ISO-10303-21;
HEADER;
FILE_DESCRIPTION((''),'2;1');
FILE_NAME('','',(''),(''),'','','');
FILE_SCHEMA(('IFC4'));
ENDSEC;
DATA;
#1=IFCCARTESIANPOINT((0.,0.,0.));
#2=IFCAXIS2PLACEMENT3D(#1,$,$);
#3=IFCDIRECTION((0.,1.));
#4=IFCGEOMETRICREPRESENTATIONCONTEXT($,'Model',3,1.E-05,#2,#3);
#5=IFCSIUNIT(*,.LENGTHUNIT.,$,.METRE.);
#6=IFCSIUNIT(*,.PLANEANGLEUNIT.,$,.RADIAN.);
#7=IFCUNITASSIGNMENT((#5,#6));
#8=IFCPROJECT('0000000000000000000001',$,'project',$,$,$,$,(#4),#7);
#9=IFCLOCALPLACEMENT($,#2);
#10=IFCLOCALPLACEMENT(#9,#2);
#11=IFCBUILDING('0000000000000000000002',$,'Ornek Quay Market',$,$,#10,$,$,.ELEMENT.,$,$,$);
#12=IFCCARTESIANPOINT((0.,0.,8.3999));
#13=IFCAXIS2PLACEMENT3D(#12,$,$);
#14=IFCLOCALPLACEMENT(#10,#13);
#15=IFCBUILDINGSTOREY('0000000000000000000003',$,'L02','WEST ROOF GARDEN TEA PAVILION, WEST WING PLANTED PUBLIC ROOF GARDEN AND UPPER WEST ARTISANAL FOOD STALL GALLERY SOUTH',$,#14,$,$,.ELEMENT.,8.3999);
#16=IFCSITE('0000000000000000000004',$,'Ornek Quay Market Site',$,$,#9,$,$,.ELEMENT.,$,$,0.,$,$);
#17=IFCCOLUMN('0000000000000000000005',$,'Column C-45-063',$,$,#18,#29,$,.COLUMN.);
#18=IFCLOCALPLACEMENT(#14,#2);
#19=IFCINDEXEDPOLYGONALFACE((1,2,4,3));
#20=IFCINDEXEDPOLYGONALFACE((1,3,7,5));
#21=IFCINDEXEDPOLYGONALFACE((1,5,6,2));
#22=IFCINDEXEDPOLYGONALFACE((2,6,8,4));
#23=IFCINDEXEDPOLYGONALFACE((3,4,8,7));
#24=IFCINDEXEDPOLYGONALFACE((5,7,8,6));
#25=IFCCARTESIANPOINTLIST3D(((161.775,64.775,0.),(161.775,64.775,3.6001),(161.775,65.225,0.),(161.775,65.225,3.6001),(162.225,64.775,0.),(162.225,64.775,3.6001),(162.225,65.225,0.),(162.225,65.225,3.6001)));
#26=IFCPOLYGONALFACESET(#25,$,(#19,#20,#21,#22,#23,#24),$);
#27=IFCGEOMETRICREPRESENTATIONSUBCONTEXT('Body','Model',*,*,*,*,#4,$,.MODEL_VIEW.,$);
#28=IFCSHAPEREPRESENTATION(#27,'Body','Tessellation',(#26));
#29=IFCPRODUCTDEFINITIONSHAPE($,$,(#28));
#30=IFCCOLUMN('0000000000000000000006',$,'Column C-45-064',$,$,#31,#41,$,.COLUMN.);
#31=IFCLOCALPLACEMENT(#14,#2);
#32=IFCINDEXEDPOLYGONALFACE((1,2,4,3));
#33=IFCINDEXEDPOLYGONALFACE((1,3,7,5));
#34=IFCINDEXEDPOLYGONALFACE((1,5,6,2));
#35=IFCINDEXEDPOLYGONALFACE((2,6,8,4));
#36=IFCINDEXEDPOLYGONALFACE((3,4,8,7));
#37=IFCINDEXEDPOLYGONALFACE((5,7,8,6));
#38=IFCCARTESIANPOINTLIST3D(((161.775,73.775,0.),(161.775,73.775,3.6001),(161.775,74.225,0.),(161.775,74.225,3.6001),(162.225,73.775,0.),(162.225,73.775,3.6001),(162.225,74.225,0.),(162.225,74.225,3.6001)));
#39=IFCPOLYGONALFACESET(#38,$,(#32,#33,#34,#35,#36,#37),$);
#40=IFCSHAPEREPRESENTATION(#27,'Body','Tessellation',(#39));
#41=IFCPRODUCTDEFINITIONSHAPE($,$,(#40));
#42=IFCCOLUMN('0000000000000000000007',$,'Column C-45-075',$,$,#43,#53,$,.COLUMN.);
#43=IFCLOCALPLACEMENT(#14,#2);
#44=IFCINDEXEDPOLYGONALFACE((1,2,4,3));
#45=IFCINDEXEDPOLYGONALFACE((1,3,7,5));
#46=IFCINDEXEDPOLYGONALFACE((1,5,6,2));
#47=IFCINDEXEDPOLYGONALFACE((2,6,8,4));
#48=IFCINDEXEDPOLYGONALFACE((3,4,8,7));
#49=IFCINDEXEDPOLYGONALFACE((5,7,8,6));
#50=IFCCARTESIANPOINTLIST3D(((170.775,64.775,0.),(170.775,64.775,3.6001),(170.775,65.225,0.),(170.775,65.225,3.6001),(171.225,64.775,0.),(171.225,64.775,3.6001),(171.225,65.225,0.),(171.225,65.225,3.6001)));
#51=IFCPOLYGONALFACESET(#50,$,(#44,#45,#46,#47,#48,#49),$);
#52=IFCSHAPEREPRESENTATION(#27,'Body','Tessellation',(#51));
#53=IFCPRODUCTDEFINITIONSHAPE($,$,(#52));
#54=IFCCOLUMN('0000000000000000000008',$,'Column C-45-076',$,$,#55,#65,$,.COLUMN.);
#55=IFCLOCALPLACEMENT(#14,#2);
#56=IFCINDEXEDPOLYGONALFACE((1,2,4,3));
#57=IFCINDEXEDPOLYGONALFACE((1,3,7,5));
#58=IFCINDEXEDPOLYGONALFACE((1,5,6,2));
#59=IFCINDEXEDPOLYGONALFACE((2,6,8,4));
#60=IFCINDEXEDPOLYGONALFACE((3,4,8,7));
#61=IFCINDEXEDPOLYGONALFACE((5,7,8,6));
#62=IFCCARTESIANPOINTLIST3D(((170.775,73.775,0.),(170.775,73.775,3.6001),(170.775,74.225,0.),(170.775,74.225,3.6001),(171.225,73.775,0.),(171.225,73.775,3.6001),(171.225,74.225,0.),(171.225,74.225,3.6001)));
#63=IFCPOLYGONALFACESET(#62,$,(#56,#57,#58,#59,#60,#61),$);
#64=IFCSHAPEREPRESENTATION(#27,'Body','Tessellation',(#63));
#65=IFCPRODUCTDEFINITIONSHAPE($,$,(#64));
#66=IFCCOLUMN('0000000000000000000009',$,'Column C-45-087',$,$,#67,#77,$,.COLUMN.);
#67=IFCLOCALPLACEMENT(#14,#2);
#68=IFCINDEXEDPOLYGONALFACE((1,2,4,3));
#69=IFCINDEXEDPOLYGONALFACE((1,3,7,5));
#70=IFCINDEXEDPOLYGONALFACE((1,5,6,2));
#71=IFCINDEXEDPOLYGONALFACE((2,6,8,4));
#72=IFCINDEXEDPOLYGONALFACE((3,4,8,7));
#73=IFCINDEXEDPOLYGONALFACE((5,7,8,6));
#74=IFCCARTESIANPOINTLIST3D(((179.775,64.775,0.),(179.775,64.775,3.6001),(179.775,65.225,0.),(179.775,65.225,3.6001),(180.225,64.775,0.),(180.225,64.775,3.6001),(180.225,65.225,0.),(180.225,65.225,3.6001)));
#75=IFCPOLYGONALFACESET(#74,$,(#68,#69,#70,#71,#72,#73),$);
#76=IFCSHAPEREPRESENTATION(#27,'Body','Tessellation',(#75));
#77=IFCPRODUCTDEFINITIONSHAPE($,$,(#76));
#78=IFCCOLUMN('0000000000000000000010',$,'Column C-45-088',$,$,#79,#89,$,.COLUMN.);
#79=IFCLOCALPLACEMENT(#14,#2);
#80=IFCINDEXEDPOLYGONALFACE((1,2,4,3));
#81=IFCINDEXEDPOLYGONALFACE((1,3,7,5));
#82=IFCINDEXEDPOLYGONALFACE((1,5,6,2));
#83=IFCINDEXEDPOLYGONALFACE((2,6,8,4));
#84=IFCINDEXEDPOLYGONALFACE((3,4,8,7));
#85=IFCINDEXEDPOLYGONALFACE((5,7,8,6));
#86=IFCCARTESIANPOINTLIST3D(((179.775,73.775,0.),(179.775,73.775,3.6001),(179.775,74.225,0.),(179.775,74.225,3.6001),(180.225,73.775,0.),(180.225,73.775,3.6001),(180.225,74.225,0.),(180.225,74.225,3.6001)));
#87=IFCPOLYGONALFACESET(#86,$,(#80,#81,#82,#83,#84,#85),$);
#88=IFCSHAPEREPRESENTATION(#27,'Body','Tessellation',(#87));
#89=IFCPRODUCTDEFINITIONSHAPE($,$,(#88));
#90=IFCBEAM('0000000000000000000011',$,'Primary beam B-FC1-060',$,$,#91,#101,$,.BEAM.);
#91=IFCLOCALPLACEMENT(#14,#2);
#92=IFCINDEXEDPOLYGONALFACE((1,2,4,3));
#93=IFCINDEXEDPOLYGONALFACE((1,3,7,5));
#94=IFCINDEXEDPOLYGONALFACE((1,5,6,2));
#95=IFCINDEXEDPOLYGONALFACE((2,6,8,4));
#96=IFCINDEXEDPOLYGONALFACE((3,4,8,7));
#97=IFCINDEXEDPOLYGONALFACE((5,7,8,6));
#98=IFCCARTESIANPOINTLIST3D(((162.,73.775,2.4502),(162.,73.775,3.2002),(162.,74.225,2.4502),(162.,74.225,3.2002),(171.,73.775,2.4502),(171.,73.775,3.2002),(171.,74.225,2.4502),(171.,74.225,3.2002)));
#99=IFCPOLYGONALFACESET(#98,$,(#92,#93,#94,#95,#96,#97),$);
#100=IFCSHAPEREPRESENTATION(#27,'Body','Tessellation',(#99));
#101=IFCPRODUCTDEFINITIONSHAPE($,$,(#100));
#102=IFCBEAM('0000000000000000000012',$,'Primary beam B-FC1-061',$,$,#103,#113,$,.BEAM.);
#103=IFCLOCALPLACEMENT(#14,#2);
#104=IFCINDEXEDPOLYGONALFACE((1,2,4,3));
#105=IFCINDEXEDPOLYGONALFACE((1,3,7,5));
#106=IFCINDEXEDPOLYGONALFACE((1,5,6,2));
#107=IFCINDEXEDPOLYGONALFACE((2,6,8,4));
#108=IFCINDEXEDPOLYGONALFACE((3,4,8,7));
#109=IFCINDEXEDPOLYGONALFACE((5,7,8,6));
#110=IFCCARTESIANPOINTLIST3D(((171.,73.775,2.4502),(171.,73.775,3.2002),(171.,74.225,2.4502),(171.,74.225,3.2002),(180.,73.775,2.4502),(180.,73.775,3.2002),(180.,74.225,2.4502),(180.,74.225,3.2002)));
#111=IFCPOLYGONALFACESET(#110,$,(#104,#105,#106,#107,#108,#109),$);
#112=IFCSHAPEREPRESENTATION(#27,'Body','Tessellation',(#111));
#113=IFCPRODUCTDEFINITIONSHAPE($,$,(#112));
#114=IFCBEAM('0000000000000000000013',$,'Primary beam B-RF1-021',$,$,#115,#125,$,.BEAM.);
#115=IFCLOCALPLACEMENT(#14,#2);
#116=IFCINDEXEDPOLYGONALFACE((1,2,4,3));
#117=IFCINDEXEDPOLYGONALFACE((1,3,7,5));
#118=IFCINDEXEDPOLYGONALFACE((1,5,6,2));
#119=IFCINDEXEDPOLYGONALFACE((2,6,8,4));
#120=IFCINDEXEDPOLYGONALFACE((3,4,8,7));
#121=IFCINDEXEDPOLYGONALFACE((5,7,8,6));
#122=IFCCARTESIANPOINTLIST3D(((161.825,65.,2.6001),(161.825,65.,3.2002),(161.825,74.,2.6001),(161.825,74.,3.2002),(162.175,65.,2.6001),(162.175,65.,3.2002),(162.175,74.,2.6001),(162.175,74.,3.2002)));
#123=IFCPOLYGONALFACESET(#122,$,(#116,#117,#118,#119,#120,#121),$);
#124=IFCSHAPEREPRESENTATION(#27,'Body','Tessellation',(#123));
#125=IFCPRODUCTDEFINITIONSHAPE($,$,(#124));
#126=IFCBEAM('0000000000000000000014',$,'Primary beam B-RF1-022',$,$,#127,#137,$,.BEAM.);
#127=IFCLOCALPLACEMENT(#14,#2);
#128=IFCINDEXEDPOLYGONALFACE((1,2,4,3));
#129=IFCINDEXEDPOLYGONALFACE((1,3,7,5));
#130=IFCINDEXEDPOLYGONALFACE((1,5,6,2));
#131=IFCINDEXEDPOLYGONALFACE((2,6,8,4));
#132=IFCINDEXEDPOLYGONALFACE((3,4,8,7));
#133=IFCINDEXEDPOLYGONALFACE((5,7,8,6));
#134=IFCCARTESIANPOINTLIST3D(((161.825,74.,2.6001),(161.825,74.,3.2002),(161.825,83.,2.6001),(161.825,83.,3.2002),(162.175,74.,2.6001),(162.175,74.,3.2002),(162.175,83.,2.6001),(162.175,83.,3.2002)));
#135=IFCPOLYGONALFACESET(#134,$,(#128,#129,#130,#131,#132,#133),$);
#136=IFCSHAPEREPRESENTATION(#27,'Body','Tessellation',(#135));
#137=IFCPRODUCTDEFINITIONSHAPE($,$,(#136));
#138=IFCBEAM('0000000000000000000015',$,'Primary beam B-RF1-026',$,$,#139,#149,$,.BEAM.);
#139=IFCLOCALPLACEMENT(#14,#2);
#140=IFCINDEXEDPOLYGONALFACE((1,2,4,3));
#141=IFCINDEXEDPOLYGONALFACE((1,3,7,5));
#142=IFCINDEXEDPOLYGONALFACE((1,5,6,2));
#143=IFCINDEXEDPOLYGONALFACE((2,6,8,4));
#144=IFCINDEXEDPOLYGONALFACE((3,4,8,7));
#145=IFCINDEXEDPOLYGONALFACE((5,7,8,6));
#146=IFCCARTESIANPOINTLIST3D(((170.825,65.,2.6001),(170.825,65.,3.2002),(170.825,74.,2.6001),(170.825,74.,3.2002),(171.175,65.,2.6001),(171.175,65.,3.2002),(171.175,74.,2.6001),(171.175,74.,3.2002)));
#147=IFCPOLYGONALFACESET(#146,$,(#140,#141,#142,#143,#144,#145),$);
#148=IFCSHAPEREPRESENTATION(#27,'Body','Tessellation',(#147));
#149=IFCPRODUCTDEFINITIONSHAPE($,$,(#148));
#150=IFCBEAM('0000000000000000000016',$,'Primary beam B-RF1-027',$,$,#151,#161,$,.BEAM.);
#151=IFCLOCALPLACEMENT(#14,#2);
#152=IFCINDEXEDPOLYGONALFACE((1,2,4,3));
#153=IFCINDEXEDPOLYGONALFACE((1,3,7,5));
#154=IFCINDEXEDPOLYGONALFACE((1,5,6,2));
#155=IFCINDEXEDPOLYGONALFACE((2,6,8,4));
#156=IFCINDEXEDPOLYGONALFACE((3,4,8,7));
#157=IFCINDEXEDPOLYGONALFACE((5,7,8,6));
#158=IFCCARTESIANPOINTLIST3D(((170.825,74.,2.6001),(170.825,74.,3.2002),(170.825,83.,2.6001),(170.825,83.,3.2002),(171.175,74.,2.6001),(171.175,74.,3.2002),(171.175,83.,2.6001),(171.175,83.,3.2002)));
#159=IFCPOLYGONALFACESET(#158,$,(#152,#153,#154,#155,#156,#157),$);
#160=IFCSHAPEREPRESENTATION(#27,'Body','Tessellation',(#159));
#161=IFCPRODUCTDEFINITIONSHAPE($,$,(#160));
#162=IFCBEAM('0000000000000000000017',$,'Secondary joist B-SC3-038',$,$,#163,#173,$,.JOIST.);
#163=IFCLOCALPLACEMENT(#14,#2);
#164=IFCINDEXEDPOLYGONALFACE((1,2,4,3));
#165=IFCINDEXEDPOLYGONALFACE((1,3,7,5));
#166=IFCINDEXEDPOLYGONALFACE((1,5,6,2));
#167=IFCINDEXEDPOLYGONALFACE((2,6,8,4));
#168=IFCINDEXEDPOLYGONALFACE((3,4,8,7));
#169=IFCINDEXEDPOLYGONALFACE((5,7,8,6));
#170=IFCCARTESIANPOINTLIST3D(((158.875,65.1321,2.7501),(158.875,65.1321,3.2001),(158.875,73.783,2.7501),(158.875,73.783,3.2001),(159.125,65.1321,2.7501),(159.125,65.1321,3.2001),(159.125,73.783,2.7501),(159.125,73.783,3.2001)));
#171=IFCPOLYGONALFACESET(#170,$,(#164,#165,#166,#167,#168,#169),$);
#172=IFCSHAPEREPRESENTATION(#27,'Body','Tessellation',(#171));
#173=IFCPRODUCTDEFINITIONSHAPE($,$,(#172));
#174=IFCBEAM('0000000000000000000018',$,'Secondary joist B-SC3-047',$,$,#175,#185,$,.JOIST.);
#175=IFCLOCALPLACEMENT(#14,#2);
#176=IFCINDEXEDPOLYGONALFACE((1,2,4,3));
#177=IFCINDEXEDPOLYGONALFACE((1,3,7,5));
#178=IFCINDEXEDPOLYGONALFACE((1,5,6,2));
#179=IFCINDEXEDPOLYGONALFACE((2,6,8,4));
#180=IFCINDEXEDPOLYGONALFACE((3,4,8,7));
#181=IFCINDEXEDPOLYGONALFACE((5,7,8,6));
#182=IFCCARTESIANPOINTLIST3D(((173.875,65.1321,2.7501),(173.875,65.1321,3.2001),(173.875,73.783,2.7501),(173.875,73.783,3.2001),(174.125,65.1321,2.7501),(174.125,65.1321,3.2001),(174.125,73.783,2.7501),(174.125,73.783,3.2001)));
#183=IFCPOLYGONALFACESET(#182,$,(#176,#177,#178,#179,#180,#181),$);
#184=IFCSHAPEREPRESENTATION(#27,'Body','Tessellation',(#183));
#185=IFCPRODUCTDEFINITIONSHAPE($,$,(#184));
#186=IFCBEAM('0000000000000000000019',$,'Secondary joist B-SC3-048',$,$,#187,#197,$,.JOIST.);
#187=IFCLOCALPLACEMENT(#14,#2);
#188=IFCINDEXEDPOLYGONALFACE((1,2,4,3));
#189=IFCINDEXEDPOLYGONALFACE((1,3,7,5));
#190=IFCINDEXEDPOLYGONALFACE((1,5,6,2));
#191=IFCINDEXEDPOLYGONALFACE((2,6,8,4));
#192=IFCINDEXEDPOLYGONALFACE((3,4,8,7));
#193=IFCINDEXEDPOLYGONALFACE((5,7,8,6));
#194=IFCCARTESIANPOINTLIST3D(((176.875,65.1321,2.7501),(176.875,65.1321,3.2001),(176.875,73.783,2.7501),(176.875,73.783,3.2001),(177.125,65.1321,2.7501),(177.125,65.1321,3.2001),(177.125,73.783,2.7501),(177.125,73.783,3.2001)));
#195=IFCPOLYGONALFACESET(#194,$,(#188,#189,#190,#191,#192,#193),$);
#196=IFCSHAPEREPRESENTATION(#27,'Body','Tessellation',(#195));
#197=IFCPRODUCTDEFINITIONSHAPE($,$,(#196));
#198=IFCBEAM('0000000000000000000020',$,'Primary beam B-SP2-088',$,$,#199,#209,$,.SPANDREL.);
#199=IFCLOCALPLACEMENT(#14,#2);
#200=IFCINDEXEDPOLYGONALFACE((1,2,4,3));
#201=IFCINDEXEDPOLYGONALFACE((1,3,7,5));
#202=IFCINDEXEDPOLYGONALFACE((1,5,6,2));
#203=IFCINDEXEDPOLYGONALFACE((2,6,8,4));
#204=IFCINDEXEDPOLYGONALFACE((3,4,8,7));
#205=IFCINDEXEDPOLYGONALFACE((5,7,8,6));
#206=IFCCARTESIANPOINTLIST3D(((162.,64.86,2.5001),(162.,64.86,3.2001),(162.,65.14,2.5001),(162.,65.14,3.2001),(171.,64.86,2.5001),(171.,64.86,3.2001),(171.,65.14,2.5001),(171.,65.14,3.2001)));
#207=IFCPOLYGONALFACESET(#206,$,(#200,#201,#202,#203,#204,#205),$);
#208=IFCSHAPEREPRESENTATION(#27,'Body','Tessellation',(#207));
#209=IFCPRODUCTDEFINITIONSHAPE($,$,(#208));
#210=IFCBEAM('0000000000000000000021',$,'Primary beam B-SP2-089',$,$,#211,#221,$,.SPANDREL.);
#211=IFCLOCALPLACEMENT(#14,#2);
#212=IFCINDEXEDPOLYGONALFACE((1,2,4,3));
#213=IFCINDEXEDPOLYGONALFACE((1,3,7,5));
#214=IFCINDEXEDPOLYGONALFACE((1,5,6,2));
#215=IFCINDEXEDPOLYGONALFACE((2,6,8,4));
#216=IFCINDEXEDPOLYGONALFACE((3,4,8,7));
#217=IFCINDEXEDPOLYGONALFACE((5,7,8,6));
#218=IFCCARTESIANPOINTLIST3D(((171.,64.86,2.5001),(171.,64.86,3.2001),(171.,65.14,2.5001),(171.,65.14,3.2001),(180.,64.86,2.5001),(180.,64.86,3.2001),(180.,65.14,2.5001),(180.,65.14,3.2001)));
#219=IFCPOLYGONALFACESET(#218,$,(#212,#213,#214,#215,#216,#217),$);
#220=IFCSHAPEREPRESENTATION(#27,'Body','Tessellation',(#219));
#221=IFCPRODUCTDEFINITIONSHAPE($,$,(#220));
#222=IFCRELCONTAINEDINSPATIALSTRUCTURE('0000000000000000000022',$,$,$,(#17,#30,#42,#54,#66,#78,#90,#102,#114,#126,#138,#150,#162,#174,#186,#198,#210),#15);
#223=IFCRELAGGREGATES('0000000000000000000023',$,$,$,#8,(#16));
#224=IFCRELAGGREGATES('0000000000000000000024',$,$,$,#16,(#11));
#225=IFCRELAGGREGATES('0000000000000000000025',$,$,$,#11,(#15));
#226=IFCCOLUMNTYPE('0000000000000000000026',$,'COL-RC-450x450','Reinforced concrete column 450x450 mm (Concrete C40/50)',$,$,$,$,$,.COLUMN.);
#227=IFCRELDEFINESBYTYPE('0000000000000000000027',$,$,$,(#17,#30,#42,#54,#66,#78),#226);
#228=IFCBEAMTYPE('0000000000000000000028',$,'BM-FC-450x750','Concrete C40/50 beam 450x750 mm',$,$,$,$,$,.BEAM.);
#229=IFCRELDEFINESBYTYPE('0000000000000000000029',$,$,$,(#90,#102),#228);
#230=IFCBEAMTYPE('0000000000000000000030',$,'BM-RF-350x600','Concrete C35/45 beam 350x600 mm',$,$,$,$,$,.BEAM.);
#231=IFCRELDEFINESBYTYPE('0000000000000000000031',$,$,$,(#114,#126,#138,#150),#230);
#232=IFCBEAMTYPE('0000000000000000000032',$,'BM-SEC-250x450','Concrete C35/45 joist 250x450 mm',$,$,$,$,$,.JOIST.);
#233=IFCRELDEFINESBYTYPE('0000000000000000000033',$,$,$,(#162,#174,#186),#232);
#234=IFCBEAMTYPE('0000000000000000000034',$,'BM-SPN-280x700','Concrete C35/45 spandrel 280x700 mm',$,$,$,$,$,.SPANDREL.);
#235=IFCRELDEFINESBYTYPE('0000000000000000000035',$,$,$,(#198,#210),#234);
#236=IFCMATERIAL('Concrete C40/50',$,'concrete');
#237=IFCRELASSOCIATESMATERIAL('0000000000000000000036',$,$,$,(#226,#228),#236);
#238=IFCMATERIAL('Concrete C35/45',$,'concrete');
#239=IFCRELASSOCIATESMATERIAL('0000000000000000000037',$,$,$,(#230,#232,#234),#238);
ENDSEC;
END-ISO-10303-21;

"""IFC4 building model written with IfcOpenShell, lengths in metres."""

from ifc_helpers import new_model, si_unit, direction, frame, origin, origin_2d, place, context, subcontext, project, spatial, rectangle, extrude, material, material_profile, profile_set, type_object, element, save


model = new_model("IFC4")

# Units and contexts
model_context = context("Model", 3, precision=1e-05, world=origin(), true_north=direction((0.0, 1.0)))
body_context = subcontext(model_context, "Body", "Model", "MODEL_VIEW")
ifc_project = project(units=[si_unit("LENGTHUNIT", "METRE"), si_unit("PLANEANGLEUNIT", "RADIAN")], contexts=[model_context])

# Site, building, storey
site_placement = place(None, origin())
site = spatial("IfcSite", under=ifc_project, at=site_placement, Name="Ornek Quay Market Site", CompositionType="ELEMENT", RefElevation=0.0)
building_placement = place(site_placement, origin())
building = spatial("IfcBuilding", under=site, at=building_placement, Name="Ornek Quay Market", CompositionType="ELEMENT")
storey_placement = place(building_placement, frame((0.0, 0.0, 8.3999)))
storey = spatial("IfcBuildingStorey", under=building, at=storey_placement, Name="L02", Description="WEST ROOF GARDEN TEA PAVILION, WEST WING PLANTED PUBLIC ROOF GARDEN AND UPPER WEST ARTISANAL FOOD STALL GALLERY SOUTH", CompositionType="ELEMENT", Elevation=8.3999)

# Columns
ifc_material_1 = material(Name="Concrete C40/50", Category="concrete")
ifc_material_profile_1 = material_profile(ifc_material_1, rectangle(XDim=0.45, YDim=0.45, at=origin_2d()), Name="RC 450x450", Category="concrete")
ifc_profile_set_1 = profile_set([ifc_material_profile_1], Name="Concrete C40/50")
column_type = type_object("IfcColumnType", Name="COL-RC-450x450", Description="Reinforced concrete column 450x450 mm (Concrete C40/50)", PredefinedType="COLUMN", material=ifc_profile_set_1)
for number, where, z_axis, x_axis, name in (
    (1, (162.0, 65.0, 0.0), (0.0, 0.0, 1.0), (1.0, 0.0, 0.0), "Column C-45-063"),
    (2, (162.0, 74.0, 0.0), (0.0, 0.0, 1.0), (1.0, 0.0, 0.0), "Column C-45-064"),
    (3, (171.0, 65.0, 0.0), (0.0, 0.0, 1.0), (1.0, 0.0, 0.0), "Column C-45-075"),
    (4, (171.0, 74.0, 0.0), (0.0, 0.0, 1.0), (1.0, 0.0, 0.0), "Column C-45-076"),
    (5, (180.0, 65.0, 0.0), (0.0, 0.0, 1.0), (1.0, 0.0, 0.0), "Column C-45-087"),
    (6, (180.0, 74.0, 0.0), (0.0, 0.0, 1.0), (1.0, 0.0, 0.0), "Column C-45-088"),
):
    element("IfcColumn", number, at=place(storey_placement, frame(where, z_axis=z_axis, x_axis=x_axis)), inside=storey, type_object=column_type, Name=name, PredefinedType="COLUMN", context=body_context, shape_type="SweptSolid", body=[
        extrude(rectangle(XDim=0.45, YDim=0.45, at=origin_2d()), origin(), (0.0, 0.0, 1.0), 3.6001),
    ])

# Beams
ifc_material_profile_2 = material_profile(ifc_material_1, rectangle(XDim=0.45, YDim=0.75, at=origin_2d()), Name="RC 450x750", Category="concrete")
ifc_profile_set_2 = profile_set([ifc_material_profile_2], Name="Concrete C40/50")
beam_type_1 = type_object("IfcBeamType", Name="BM-FC-450x750", Description="Concrete C40/50 beam 450x750 mm", PredefinedType="BEAM", material=ifc_profile_set_2)
for number, where, z_axis, x_axis, name in (
    (7, (162.0, 74.0, 2.8252), (1.0, 0.0, 0.0), (0.0, 1.0, 0.0), "Primary beam B-FC1-060"),
    (8, (171.0, 74.0, 2.8252), (1.0, 0.0, 0.0), (0.0, 1.0, 0.0), "Primary beam B-FC1-061"),
):
    element("IfcBeam", number, at=place(storey_placement, frame(where, z_axis=z_axis, x_axis=x_axis)), inside=storey, type_object=beam_type_1, Name=name, PredefinedType="BEAM", context=body_context, shape_type="SweptSolid", body=[
        extrude(rectangle(XDim=0.45, YDim=0.75, at=origin_2d()), origin(), (0.0, 0.0, 1.0), 9.0),
    ])
ifc_material_2 = material(Name="Concrete C35/45", Category="concrete")
ifc_material_profile_3 = material_profile(ifc_material_2, rectangle(XDim=0.3501, YDim=0.6001, at=origin_2d()), Name="RC 350x600", Category="concrete")
ifc_profile_set_3 = profile_set([ifc_material_profile_3], Name="Concrete C35/45")
beam_type_2 = type_object("IfcBeamType", Name="BM-RF-350x600", Description="Concrete C35/45 beam 350x600 mm", PredefinedType="BEAM", material=ifc_profile_set_3)
for number, where, z_axis, x_axis, name in (
    (9, (162.0, 65.0, 2.9001), (0.0, 1.0, 0.0), (-1.0, 0.0, 0.0), "Primary beam B-RF1-021"),
    (10, (162.0, 74.0, 2.9001), (0.0, 1.0, 0.0), (-1.0, 0.0, 0.0), "Primary beam B-RF1-022"),
    (11, (171.0, 65.0, 2.9001), (0.0, 1.0, 0.0), (-1.0, 0.0, 0.0), "Primary beam B-RF1-026"),
    (12, (171.0, 74.0, 2.9001), (0.0, 1.0, 0.0), (-1.0, 0.0, 0.0), "Primary beam B-RF1-027"),
):
    element("IfcBeam", number, at=place(storey_placement, frame(where, z_axis=z_axis, x_axis=x_axis)), inside=storey, type_object=beam_type_2, Name=name, PredefinedType="BEAM", context=body_context, shape_type="SweptSolid", body=[
        extrude(rectangle(XDim=0.3501, YDim=0.6001, at=origin_2d()), origin(), (0.0, 0.0, 1.0), 9.0),
    ])
ifc_material_profile_4 = material_profile(ifc_material_2, rectangle(XDim=0.25, YDim=0.45, at=origin_2d()), Name="RC 250x450", Category="concrete")
ifc_profile_set_4 = profile_set([ifc_material_profile_4], Name="Concrete C35/45")
beam_type_3 = type_object("IfcBeamType", Name="BM-SEC-250x450", Description="Concrete C35/45 joist 250x450 mm", PredefinedType="JOIST", material=ifc_profile_set_4)
for number, where, z_axis, x_axis, name in (
    (13, (159.0, 65.1321, 2.9751), (0.0, 1.0, 0.0), (-1.0, 0.0, 0.0), "Secondary joist B-SC3-038"),
    (14, (174.0, 65.1321, 2.9751), (0.0, 1.0, 0.0), (-1.0, 0.0, 0.0), "Secondary joist B-SC3-047"),
    (15, (177.0, 65.1321, 2.9751), (0.0, 1.0, 0.0), (-1.0, 0.0, 0.0), "Secondary joist B-SC3-048"),
):
    element("IfcBeam", number, at=place(storey_placement, frame(where, z_axis=z_axis, x_axis=x_axis)), inside=storey, type_object=beam_type_3, Name=name, PredefinedType="JOIST", context=body_context, shape_type="SweptSolid", body=[
        extrude(rectangle(XDim=0.25, YDim=0.45, at=origin_2d()), origin(), (0.0, 0.0, 1.0), 8.6509),
    ])
ifc_material_profile_5 = material_profile(ifc_material_2, rectangle(XDim=0.28, YDim=0.7, at=origin_2d()), Name="RC 280x700", Category="concrete")
ifc_profile_set_5 = profile_set([ifc_material_profile_5], Name="Concrete C35/45")
beam_type_4 = type_object("IfcBeamType", Name="BM-SPN-280x700", Description="Concrete C35/45 spandrel 280x700 mm", PredefinedType="SPANDREL", material=ifc_profile_set_5)
for number, where, z_axis, x_axis, name in (
    (16, (162.0, 65.0, 2.8501), (1.0, 0.0, 0.0), (0.0, 1.0, 0.0), "Primary beam B-SP2-088"),
    (17, (171.0, 65.0, 2.8501), (1.0, 0.0, 0.0), (0.0, 1.0, 0.0), "Primary beam B-SP2-089"),
):
    element("IfcBeam", number, at=place(storey_placement, frame(where, z_axis=z_axis, x_axis=x_axis)), inside=storey, type_object=beam_type_4, Name=name, PredefinedType="SPANDREL", context=body_context, shape_type="SweptSolid", body=[
        extrude(rectangle(XDim=0.28, YDim=0.7, at=origin_2d()), origin(), (0.0, 0.0, 1.0), 9.0),
    ])

save(model, "model.ifc")
